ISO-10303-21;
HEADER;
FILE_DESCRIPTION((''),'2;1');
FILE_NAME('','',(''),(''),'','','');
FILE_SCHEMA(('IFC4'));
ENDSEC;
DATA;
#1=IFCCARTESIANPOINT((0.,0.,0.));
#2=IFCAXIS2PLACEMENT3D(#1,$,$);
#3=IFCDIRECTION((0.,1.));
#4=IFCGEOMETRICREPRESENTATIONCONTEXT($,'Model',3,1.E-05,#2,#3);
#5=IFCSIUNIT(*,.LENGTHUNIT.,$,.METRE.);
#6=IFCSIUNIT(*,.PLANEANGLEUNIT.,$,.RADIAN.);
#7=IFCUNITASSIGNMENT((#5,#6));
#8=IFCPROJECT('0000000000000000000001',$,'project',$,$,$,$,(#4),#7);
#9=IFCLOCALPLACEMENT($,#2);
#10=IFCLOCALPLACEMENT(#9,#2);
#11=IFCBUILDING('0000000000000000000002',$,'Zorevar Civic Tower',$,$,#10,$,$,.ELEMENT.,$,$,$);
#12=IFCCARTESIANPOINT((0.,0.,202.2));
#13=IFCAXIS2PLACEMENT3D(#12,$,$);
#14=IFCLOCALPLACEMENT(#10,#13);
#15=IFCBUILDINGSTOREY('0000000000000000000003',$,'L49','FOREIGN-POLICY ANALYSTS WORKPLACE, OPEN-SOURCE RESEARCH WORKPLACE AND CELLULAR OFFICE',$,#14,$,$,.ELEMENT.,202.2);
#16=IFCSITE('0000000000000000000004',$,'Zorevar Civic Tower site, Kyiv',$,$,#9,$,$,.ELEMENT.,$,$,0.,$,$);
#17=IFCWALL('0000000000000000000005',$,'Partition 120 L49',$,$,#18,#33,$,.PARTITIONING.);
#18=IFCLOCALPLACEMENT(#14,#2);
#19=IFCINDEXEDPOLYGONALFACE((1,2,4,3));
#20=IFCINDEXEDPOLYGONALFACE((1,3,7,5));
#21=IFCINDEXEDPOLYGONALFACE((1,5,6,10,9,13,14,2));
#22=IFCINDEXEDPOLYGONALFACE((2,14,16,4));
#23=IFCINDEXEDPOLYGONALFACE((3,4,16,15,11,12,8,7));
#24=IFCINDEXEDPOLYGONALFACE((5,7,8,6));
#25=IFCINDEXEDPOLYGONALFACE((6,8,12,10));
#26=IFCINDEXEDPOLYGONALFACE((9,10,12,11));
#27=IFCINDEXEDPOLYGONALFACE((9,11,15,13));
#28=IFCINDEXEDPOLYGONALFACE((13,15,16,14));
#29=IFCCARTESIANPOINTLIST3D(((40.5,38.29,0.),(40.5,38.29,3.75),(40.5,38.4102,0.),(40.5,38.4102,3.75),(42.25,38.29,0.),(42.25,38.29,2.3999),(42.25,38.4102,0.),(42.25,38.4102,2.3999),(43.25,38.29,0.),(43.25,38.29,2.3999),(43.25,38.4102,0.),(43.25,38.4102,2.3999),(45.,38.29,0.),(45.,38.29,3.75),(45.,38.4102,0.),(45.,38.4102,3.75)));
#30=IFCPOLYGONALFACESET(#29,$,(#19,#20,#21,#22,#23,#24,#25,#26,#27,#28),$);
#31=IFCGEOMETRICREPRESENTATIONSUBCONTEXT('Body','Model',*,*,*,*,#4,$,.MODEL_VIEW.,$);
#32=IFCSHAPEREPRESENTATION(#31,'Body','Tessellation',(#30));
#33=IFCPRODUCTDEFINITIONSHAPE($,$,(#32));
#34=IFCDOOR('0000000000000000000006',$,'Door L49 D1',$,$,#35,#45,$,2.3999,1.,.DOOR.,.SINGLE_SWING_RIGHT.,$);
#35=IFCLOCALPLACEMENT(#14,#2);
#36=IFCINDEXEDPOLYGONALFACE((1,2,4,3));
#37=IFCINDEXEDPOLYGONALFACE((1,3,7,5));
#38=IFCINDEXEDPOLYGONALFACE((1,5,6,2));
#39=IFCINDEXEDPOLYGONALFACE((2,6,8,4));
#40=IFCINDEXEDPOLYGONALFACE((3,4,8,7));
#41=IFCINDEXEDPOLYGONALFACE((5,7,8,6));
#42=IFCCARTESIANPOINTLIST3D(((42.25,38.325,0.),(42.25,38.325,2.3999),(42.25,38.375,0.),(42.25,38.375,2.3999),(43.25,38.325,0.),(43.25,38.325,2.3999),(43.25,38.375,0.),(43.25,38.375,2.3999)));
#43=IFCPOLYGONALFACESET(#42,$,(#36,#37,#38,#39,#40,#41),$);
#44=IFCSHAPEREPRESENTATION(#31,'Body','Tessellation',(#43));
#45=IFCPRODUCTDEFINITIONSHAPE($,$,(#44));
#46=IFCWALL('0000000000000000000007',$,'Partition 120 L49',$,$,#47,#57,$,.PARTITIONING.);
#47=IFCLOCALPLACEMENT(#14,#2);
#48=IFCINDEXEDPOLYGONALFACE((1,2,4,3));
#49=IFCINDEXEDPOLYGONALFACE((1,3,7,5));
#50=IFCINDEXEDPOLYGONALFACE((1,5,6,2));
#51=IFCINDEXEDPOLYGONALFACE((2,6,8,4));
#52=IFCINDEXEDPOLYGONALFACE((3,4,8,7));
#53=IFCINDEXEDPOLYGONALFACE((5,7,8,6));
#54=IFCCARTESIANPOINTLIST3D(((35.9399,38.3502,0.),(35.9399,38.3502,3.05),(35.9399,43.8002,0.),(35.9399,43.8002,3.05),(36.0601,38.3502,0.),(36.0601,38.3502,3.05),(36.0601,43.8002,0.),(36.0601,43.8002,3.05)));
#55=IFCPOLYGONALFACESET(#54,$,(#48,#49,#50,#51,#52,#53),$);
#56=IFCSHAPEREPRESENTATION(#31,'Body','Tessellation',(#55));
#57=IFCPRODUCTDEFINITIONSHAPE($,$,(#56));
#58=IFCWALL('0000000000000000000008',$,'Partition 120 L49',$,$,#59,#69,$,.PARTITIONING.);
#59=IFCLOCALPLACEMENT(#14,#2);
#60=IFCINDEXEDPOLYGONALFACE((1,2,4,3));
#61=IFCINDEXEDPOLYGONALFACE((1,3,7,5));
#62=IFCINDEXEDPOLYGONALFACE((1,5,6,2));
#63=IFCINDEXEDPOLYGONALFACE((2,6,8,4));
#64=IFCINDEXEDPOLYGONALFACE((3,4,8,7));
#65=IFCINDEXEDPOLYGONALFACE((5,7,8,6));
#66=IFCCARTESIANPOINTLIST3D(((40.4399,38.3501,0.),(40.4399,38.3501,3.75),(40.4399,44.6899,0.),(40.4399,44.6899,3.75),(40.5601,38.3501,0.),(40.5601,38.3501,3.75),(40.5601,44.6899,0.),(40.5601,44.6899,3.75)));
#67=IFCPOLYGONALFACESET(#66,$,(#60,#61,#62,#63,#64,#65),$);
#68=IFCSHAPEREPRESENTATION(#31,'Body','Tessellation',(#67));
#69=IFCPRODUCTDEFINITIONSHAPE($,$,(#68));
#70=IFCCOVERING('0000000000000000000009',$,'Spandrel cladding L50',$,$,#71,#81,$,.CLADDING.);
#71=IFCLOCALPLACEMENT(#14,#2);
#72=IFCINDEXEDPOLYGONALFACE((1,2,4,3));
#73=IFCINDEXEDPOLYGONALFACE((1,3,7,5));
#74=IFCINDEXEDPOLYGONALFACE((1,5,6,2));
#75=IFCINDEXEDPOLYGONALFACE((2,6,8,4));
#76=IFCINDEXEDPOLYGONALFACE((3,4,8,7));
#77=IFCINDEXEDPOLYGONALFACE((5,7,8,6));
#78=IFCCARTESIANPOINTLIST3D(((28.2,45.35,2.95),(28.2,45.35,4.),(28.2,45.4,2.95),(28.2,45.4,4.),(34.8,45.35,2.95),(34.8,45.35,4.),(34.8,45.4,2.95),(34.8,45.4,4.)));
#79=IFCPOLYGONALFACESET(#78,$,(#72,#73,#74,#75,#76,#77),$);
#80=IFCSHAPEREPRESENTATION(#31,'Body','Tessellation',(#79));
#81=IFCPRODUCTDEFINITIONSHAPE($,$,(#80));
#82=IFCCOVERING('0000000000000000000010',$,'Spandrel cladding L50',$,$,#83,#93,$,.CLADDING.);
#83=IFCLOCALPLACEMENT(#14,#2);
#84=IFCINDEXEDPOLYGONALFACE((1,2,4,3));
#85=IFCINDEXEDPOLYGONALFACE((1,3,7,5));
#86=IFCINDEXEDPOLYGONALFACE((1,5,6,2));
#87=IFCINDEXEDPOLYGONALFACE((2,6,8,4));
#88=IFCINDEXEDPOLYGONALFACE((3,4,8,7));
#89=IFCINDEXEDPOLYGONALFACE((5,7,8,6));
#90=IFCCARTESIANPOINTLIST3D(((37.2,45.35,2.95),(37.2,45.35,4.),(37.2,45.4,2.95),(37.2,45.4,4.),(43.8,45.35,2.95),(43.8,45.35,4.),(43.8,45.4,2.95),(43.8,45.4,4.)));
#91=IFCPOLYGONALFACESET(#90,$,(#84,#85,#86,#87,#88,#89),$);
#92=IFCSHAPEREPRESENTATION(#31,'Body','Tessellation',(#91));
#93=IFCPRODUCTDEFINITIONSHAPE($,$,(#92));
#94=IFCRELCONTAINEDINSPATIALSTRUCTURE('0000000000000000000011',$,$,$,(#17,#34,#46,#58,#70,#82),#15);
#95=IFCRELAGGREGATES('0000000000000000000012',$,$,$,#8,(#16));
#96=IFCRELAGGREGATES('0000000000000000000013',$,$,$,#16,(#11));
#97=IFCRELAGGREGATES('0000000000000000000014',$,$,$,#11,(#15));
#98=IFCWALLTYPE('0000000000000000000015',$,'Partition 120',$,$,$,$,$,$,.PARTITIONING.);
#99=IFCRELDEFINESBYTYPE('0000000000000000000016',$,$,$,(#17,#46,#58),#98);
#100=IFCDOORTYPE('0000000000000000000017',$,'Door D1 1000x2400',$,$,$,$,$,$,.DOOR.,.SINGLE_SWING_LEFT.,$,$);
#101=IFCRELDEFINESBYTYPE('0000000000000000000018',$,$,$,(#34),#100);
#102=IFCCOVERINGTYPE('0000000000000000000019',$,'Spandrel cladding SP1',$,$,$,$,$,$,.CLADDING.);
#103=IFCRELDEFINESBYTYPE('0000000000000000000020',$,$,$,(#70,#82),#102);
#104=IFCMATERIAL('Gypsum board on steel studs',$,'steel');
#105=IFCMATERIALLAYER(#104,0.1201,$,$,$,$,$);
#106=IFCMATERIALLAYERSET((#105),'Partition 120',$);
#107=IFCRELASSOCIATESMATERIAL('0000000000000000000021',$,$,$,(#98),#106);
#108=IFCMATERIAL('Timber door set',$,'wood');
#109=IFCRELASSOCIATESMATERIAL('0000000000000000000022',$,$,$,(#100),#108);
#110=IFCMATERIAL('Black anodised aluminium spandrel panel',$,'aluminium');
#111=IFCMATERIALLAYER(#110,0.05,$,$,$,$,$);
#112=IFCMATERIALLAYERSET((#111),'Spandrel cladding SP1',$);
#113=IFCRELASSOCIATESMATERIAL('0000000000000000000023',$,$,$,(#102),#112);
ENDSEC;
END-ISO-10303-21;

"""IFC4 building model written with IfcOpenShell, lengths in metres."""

from ifc_helpers import new_model, si_unit, direction, frame, frame_2d, origin, place, context, subcontext, project, spatial, rectangle, extrude, material, layer, layer_set, type_object, element, fill, save


model = new_model("IFC4")

# Units and contexts
model_context = context("Model", 3, precision=1e-05, world=origin(), true_north=direction((0.0, 1.0)))
body_context = subcontext(model_context, "Body", "Model", "MODEL_VIEW")
ifc_project = project(units=[si_unit("LENGTHUNIT", "METRE"), si_unit("PLANEANGLEUNIT", "RADIAN")], contexts=[model_context])

# Site, building, storey
site_placement = place(None, origin())
site = spatial("IfcSite", under=ifc_project, at=site_placement, Name="Zorevar Civic Tower site, Kyiv", CompositionType="ELEMENT", RefElevation=0.0)
building_placement = place(site_placement, origin())
building = spatial("IfcBuilding", under=site, at=building_placement, Name="Zorevar Civic Tower", CompositionType="ELEMENT")
storey_placement = place(building_placement, frame((0.0, 0.0, 202.2)))
storey = spatial("IfcBuildingStorey", under=building, at=storey_placement, Name="L49", Description="FOREIGN-POLICY ANALYSTS WORKPLACE, OPEN-SOURCE RESEARCH WORKPLACE AND CELLULAR OFFICE", CompositionType="ELEMENT", Elevation=202.2)

# Wall, opening, door
ifc_material_1 = material(Name="Gypsum board on steel studs", Category="steel")
ifc_layer_1 = layer(ifc_material_1, 0.1201)
ifc_layer_set_1 = layer_set([ifc_layer_1], Name="Partition 120")
wall_type = type_object("IfcWallType", Name="Partition 120", PredefinedType="PARTITIONING", material=ifc_layer_set_1)
wall_1_placement = place(storey_placement, frame((40.5, 38.3501, 0.0), z_axis=(0.0, 0.0, 1.0), x_axis=(1.0, 0.0, 0.0)))
wall_1 = element("IfcWall", 1, at=wall_1_placement, inside=storey, type_object=wall_type, Name="Partition 120 L49", PredefinedType="PARTITIONING", context=body_context, shape_type="SweptSolid", body=[
    extrude(rectangle(XDim=4.5, YDim=0.1201, at=frame_2d((2.25, 0.0))), origin(), (0.0, 0.0, 1.0), 3.75),
])
opening_placement = place(wall_1_placement, frame((1.75, 0.0, 0.0)))
opening = element("IfcOpeningElement", 2, at=opening_placement, cuts=wall_1, PredefinedType="OPENING", context=body_context, shape_type="SweptSolid", body=[
    extrude(rectangle(XDim=1.0, YDim=2.3999, at=frame_2d((0.5, 1.2))), frame((0.0, 0.0701, 0.0), z_axis=(0.0, -1.0, 0.0), x_axis=(1.0, 0.0, 0.0)), (0.0, 0.0, 1.0), 0.1401),
])
ifc_material_2 = material(Name="Timber door set", Category="wood")
door_type = type_object("IfcDoorType", Name="Door D1 1000x2400", OperationType="SINGLE_SWING_LEFT", PredefinedType="DOOR", material=ifc_material_2)
door_placement = place(opening_placement, origin())
door = element("IfcDoor", 3, at=door_placement, inside=storey, type_object=door_type, Name="Door L49 D1", OperationType="SINGLE_SWING_RIGHT", OverallHeight=2.3999, OverallWidth=1.0, PredefinedType="DOOR", context=body_context, shape_type="SweptSolid", body=[
    extrude(rectangle(XDim=1.0, YDim=2.3999, at=frame_2d((0.5, 1.2))), frame((0.0, 0.0249, 0.0), z_axis=(0.0, -1.0, 0.0), x_axis=(1.0, 0.0, 0.0)), (0.0, 0.0, 1.0), 0.05),
])
fill(opening, door)

# Walls
wall_2_placement = place(storey_placement, frame((36.0, 38.3501, 0.0), z_axis=(0.0, 0.0, 1.0), x_axis=(0.0, 1.0, 0.0)))
element("IfcWall", 4, at=wall_2_placement, inside=storey, type_object=wall_type, Name="Partition 120 L49", PredefinedType="PARTITIONING", context=body_context, shape_type="SweptSolid", body=[
    extrude(rectangle(XDim=5.45, YDim=0.1201, at=frame_2d((2.7251, 0.0))), origin(), (0.0, 0.0, 1.0), 3.05),
])
wall_3_placement = place(storey_placement, frame((40.5, 38.3501, 0.0), z_axis=(0.0, 0.0, 1.0), x_axis=(0.0, 1.0, 0.0)))
element("IfcWall", 5, at=wall_3_placement, inside=storey, type_object=wall_type, Name="Partition 120 L49", PredefinedType="PARTITIONING", context=body_context, shape_type="SweptSolid", body=[
    extrude(rectangle(XDim=6.3398, YDim=0.1201, at=frame_2d((3.1699, 0.0))), origin(), (0.0, 0.0, 1.0), 3.75),
])

# Coverings
ifc_material_3 = material(Name="Black anodised aluminium spandrel panel", Category="aluminium")
ifc_layer_2 = layer(ifc_material_3, 0.05)
ifc_layer_set_2 = layer_set([ifc_layer_2], Name="Spandrel cladding SP1")
covering_type = type_object("IfcCoveringType", Name="Spandrel cladding SP1", PredefinedType="CLADDING", material=ifc_layer_set_2)
for number, where, z_axis, x_axis, name in (
    (6, (28.2, 45.375, 2.95), (0.0, 0.0, 1.0), (1.0, 0.0, 0.0), "Spandrel cladding L50"),
    (7, (37.2, 45.375, 2.95), (0.0, 0.0, 1.0), (1.0, 0.0, 0.0), "Spandrel cladding L50"),
):
    element("IfcCovering", number, at=place(storey_placement, frame(where, z_axis=z_axis, x_axis=x_axis)), inside=storey, type_object=covering_type, Name=name, PredefinedType="CLADDING", context=body_context, shape_type="SweptSolid", body=[
        extrude(rectangle(XDim=6.6001, YDim=0.05, at=frame_2d((3.3, 0.0))), origin(), (0.0, 0.0, 1.0), 1.05),
    ])

save(model, "model.ifc")
